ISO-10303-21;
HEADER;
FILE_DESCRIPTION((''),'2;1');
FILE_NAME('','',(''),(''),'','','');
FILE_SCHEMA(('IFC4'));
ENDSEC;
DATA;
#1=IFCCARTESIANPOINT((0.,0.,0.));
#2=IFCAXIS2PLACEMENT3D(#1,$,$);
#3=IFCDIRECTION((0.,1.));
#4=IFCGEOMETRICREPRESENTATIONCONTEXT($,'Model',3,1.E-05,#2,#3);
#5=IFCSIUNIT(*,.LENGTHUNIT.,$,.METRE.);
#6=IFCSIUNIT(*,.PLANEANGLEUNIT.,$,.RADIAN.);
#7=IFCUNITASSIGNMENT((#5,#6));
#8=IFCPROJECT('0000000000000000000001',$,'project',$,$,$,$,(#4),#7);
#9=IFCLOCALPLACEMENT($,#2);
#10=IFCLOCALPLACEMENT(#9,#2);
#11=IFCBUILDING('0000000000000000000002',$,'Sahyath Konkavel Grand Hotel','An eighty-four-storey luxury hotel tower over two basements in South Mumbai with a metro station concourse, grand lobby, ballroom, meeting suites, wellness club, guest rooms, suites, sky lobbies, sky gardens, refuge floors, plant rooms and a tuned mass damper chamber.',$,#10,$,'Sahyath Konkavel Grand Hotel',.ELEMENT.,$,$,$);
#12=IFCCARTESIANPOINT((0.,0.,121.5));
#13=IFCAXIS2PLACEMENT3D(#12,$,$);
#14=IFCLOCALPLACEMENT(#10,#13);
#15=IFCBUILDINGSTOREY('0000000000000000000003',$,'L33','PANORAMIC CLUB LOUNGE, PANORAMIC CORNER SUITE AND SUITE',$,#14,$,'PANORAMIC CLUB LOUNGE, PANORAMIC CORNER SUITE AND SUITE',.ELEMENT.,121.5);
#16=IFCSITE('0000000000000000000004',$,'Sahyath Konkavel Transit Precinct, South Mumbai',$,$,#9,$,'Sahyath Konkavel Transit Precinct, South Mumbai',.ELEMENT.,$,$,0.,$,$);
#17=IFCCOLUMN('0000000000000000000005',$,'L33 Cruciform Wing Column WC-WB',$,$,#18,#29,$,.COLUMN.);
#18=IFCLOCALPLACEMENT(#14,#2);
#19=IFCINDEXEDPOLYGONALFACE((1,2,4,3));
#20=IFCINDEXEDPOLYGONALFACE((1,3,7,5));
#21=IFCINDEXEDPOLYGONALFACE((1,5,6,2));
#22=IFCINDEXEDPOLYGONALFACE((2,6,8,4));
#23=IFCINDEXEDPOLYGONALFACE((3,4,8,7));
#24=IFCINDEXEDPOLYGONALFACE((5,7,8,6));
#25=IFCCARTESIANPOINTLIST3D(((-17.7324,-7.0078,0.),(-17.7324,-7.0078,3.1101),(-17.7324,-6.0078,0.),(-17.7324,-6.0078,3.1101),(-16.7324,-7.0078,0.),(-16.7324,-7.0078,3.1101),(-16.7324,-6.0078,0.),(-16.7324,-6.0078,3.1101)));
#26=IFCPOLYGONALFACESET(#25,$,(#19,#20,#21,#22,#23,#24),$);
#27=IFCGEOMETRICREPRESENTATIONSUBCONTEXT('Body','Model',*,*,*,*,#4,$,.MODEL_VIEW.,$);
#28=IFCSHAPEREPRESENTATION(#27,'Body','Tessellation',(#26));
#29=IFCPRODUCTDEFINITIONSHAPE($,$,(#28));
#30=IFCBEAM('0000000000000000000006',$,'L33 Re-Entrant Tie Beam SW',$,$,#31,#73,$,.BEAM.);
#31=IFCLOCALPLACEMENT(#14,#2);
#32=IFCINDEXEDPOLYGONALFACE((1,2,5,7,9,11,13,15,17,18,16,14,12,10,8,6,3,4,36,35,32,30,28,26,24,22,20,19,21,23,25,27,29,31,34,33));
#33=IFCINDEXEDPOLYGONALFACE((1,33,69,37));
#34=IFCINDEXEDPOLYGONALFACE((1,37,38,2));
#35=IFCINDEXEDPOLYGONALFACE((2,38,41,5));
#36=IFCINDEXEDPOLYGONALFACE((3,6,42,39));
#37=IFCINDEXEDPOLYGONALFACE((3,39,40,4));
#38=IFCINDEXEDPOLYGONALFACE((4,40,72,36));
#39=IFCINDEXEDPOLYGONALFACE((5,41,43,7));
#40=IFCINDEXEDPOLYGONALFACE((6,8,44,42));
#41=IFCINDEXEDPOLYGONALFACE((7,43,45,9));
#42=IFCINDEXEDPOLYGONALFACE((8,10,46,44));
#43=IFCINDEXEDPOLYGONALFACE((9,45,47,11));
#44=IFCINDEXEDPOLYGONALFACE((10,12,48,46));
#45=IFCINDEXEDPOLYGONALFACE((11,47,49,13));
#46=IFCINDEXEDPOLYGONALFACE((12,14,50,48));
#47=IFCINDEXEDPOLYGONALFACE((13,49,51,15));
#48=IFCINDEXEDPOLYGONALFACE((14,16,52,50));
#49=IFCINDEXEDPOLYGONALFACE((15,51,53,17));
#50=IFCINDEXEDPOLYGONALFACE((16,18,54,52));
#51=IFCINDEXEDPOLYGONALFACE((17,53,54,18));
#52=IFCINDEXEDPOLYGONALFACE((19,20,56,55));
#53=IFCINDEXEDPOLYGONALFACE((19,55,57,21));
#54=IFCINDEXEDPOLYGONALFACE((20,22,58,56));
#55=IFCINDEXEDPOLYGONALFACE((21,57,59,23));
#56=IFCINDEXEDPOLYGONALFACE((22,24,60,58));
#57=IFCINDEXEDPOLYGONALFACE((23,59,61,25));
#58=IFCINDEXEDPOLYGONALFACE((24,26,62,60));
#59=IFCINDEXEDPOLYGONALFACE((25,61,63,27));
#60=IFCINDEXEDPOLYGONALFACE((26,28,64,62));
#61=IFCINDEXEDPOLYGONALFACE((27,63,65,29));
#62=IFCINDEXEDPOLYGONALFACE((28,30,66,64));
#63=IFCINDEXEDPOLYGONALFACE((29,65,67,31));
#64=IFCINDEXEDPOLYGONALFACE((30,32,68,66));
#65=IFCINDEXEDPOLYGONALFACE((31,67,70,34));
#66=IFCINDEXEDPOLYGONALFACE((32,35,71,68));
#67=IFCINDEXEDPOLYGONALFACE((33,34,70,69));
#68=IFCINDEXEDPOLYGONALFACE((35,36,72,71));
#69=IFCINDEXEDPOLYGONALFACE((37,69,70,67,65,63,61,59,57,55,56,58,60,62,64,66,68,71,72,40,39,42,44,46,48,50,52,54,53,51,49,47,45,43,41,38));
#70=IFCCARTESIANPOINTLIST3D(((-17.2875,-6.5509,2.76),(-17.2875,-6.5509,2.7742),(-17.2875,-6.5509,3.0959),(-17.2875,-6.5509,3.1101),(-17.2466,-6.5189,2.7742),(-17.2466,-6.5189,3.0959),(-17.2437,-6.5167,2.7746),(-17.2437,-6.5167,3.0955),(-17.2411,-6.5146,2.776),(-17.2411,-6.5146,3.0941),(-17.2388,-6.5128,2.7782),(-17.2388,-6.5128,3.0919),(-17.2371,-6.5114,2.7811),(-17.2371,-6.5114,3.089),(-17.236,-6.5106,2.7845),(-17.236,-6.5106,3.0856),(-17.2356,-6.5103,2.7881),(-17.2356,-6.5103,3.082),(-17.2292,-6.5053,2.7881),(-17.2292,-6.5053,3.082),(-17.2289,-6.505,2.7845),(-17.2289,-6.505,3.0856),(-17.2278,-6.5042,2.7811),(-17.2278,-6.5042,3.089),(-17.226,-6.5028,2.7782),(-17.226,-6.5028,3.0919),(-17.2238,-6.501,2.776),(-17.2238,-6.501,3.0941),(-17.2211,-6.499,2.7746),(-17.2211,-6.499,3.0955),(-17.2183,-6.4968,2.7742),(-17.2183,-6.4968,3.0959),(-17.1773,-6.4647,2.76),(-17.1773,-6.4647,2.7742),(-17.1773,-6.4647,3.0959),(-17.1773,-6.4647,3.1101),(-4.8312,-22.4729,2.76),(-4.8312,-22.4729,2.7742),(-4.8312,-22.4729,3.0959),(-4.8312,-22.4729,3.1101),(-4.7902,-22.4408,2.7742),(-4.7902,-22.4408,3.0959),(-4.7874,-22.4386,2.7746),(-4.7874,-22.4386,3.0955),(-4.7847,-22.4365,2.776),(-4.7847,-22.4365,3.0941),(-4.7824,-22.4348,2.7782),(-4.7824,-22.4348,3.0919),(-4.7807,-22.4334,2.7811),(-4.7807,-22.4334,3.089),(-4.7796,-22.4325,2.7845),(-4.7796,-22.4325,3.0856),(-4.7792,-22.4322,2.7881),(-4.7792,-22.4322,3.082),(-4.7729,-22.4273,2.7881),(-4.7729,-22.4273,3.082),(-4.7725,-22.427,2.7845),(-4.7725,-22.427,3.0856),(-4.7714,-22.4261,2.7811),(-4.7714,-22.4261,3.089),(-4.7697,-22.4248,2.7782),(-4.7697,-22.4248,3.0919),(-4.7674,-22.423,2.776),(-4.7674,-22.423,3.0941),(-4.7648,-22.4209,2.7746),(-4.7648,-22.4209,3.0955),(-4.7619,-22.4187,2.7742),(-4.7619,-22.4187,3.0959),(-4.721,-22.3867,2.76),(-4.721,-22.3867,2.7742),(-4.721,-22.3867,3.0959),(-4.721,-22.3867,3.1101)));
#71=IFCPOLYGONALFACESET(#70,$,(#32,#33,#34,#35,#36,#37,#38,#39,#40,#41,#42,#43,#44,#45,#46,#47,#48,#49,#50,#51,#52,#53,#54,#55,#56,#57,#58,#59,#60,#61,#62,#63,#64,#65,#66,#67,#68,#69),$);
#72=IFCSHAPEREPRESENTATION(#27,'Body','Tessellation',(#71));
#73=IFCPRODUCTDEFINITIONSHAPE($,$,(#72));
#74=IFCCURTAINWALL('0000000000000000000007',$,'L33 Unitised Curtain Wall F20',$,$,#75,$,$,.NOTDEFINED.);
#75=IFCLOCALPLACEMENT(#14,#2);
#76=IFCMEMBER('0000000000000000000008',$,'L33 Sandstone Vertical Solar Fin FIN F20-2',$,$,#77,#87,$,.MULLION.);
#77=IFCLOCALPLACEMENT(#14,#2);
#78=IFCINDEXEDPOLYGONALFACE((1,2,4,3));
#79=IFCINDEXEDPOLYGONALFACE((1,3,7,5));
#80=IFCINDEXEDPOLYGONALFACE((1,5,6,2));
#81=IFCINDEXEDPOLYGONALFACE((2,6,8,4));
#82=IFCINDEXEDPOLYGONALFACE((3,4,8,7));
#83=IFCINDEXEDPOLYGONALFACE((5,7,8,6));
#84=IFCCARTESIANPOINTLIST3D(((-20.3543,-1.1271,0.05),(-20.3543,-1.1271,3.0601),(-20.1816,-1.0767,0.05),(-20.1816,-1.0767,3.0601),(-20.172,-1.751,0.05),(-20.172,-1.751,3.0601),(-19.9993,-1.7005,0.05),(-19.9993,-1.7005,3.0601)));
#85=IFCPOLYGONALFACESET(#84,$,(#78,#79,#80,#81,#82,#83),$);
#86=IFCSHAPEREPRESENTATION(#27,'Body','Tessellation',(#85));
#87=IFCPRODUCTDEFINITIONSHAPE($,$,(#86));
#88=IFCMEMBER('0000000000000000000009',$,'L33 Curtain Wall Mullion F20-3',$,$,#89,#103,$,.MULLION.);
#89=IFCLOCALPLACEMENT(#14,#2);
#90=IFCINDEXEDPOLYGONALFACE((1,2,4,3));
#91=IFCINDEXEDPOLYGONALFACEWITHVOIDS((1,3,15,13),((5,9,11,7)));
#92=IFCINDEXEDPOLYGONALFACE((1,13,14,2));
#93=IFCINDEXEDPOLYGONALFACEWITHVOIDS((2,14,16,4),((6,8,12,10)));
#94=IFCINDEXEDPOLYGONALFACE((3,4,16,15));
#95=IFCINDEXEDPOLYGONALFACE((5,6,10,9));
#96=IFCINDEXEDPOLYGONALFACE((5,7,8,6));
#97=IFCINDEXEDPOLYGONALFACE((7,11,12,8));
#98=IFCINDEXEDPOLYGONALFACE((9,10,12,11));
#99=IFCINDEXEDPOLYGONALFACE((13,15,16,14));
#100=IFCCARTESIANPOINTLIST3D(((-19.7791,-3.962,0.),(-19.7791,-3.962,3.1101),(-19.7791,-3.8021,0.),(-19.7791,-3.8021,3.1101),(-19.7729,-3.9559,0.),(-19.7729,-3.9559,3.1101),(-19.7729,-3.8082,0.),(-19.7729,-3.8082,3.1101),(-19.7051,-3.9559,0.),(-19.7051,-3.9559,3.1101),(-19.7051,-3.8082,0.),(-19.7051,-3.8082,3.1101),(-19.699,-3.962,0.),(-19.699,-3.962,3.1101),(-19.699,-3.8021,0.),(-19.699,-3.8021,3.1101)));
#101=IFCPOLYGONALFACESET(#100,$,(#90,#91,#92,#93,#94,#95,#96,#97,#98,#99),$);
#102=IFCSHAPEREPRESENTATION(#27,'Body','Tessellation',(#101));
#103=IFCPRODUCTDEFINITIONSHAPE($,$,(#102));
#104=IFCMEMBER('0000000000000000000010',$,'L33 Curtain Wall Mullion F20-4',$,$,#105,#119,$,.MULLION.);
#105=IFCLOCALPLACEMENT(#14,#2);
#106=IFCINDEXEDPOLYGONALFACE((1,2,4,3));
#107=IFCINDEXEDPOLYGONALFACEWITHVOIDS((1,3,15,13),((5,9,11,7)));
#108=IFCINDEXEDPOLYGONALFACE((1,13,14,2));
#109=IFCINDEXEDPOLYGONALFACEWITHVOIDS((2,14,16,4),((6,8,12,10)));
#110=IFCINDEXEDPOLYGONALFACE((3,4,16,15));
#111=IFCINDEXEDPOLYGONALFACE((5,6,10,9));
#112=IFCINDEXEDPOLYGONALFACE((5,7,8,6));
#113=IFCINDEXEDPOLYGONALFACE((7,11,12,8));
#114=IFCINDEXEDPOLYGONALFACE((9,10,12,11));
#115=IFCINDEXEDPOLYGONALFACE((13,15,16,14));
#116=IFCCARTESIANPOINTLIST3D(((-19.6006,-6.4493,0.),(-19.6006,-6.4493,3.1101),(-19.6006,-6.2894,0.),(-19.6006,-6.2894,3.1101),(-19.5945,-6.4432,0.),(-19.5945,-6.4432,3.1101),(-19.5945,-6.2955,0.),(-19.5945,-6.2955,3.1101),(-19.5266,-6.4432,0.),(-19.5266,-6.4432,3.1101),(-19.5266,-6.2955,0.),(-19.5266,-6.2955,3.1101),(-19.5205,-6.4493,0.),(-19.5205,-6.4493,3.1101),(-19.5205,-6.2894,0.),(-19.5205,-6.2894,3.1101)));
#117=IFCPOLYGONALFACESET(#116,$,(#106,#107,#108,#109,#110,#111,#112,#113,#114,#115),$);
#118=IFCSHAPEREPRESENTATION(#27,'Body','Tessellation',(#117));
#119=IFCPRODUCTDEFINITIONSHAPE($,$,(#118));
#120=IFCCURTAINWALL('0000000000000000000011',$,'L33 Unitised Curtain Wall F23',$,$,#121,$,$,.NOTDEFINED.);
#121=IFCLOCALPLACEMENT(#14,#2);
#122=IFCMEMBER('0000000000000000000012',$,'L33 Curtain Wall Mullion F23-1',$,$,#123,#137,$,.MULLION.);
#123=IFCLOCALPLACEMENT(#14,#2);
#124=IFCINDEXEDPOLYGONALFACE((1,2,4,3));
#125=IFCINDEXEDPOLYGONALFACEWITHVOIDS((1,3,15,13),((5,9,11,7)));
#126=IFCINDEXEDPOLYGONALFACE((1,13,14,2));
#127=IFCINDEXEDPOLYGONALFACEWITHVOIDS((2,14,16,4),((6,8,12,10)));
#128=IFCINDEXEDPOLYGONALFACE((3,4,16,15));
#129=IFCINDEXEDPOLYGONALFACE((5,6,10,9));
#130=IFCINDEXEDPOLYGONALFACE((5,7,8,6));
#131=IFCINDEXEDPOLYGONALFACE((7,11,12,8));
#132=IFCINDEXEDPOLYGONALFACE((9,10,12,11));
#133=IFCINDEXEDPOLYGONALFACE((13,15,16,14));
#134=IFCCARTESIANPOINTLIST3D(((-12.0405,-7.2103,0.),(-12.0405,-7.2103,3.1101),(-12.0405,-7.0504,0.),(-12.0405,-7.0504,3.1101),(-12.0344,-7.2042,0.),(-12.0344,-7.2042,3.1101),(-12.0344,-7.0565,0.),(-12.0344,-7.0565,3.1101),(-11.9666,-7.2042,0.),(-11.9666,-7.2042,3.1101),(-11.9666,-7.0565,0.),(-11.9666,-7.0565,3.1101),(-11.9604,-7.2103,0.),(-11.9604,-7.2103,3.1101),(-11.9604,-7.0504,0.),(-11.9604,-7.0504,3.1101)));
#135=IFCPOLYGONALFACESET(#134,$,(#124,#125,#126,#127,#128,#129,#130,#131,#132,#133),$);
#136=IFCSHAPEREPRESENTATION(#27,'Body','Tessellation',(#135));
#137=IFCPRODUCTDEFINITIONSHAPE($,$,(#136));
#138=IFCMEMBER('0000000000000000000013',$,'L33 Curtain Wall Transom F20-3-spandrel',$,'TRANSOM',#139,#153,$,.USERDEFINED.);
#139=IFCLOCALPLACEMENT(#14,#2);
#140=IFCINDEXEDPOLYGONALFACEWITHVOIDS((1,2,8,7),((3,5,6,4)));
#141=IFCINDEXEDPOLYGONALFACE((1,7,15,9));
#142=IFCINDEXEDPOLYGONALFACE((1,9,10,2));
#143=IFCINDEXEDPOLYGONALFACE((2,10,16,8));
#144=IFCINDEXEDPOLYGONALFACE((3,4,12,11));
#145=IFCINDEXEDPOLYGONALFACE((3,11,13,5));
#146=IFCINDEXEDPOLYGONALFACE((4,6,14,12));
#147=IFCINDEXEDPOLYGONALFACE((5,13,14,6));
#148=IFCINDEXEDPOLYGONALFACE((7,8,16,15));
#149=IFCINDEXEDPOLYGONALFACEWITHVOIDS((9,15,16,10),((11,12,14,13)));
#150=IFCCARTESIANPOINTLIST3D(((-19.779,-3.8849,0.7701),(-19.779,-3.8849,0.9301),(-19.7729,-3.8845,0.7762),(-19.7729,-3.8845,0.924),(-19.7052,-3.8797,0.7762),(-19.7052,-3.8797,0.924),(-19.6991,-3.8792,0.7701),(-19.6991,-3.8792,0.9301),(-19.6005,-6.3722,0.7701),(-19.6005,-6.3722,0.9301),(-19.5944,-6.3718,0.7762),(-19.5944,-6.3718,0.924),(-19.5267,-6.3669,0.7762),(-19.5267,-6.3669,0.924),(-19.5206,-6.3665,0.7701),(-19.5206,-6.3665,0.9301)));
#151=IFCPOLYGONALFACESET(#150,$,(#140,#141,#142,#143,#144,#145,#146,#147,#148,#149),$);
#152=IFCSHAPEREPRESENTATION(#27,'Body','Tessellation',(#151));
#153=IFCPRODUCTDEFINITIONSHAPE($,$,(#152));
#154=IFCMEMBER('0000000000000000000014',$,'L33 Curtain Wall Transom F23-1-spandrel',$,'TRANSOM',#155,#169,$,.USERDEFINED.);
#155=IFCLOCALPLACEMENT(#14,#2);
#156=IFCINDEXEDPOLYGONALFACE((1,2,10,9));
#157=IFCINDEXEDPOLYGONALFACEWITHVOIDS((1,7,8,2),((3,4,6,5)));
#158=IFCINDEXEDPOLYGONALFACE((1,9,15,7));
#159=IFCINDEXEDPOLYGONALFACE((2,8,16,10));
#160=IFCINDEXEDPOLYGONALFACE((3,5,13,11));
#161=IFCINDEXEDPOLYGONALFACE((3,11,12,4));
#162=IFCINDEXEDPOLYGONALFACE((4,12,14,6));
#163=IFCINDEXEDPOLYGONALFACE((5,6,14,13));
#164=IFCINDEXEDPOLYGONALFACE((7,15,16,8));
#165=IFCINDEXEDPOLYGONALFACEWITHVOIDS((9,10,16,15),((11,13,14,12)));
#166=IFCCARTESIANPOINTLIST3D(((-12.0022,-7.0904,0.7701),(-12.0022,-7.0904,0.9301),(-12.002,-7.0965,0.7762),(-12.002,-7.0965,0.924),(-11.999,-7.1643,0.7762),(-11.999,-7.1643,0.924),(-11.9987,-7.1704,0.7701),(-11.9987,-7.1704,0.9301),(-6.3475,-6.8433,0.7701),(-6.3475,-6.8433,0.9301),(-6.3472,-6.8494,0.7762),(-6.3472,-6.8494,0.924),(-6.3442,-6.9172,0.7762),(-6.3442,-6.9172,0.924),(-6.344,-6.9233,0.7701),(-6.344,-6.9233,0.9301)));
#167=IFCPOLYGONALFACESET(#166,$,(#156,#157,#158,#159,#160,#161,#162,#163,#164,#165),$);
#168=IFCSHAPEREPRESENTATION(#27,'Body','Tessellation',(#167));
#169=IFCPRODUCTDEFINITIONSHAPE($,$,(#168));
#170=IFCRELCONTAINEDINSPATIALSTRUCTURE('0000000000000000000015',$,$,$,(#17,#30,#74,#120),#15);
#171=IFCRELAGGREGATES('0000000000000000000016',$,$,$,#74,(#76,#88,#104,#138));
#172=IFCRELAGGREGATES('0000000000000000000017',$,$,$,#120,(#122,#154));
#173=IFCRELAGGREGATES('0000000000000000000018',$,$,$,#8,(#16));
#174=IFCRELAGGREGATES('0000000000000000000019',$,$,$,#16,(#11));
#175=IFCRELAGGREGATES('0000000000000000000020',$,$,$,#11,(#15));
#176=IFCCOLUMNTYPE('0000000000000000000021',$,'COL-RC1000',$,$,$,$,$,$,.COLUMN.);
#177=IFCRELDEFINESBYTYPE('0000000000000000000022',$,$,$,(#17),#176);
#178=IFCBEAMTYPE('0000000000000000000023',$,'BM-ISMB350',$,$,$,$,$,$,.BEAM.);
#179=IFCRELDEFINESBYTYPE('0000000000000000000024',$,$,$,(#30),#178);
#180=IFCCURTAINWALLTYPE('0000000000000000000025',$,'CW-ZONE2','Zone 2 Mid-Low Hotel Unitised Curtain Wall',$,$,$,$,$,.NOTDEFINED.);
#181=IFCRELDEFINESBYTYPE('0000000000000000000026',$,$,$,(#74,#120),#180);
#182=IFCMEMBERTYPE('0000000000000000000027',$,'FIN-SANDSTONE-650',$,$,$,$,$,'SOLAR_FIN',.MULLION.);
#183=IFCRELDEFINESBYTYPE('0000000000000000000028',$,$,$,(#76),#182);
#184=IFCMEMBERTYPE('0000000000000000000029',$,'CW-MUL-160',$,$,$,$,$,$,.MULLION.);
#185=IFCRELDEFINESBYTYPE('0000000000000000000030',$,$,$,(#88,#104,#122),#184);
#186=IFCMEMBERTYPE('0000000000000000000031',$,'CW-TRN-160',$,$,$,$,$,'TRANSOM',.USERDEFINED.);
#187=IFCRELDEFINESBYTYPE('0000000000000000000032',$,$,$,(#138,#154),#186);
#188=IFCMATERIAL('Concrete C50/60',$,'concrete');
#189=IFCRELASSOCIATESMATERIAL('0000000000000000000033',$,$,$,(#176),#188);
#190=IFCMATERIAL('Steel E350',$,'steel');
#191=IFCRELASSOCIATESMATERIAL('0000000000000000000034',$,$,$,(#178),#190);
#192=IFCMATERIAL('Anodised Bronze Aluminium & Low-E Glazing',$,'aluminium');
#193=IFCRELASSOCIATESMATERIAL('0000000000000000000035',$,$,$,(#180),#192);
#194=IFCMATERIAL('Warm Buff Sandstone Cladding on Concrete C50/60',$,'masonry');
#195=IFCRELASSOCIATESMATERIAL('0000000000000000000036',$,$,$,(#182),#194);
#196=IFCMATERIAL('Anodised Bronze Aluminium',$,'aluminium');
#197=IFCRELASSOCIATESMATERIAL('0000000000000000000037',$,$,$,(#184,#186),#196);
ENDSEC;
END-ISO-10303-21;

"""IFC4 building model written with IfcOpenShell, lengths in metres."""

from ifc_helpers import new_model, si_unit, direction, frame, origin, origin_2d, place, context, subcontext, project, spatial, rectangle, hollow_rectangle, i_section, extrude, source, transform, mapped, material, material_profile, profile_set, type_object, element, aggregate, save


model = new_model("IFC4")

# Units and contexts
model_context = context("Model", 3, precision=1e-05, world=origin(), true_north=direction((0.0, 1.0)))
body_context = subcontext(model_context, "Body", "Model", "MODEL_VIEW")
ifc_project = project(units=[si_unit("LENGTHUNIT", "METRE"), si_unit("PLANEANGLEUNIT", "RADIAN")], contexts=[model_context])

# Site, building, storey
site_placement = place(None, origin())
site = spatial("IfcSite", under=ifc_project, at=site_placement, Name="Sahyath Konkavel Transit Precinct, South Mumbai", LongName="Sahyath Konkavel Transit Precinct, South Mumbai", CompositionType="ELEMENT", RefElevation=0.0)
building_placement = place(site_placement, origin())
building = spatial("IfcBuilding", under=site, at=building_placement, Name="Sahyath Konkavel Grand Hotel", Description="An eighty-four-storey luxury hotel tower over two basements in South Mumbai with a metro station concourse, grand lobby, ballroom, meeting suites, wellness club, guest rooms, suites, sky lobbies, sky gardens, refuge floors, plant rooms and a tuned mass damper chamber.", LongName="Sahyath Konkavel Grand Hotel", CompositionType="ELEMENT")
storey_placement = place(building_placement, frame((0.0, 0.0, 121.5)))
storey = spatial("IfcBuildingStorey", under=building, at=storey_placement, Name="L33", Description="PANORAMIC CLUB LOUNGE, PANORAMIC CORNER SUITE AND SUITE", LongName="PANORAMIC CLUB LOUNGE, PANORAMIC CORNER SUITE AND SUITE", CompositionType="ELEMENT", Elevation=121.5)

# Column
ifc_material_1 = material(Name="Concrete C50/60", Category="concrete")
ifc_material_profile_1 = material_profile(ifc_material_1, rectangle(XDim=1.0, YDim=1.0, at=origin_2d()), Name="RC 1000x1000")
ifc_profile_set_1 = profile_set([ifc_material_profile_1], Name="Concrete C50/60")
column_type = type_object("IfcColumnType", Name="COL-RC1000", PredefinedType="COLUMN", material=ifc_profile_set_1)
shared_shape_1 = source(origin(), body_context, "Body", "SweptSolid", [
    extrude(rectangle(XDim=1.0, YDim=1.0, at=origin_2d()), origin(), (0.0, 0.0, 1.0), 3.1101),
])
column_placement = place(storey_placement, frame((-17.2324, -6.5078, 0.0), z_axis=(0.0, 0.0, 1.0), x_axis=(1.0, 0.0, 0.0)))
element("IfcColumn", 1, at=column_placement, inside=storey, type_object=column_type, Name="L33 Cruciform Wing Column WC-WB", PredefinedType="COLUMN", context=body_context, shape_type="MappedRepresentation", body=[
    mapped(shared_shape_1, transform((0.0, 0.0, 0.0), scale=1.0)),
])

# Beam
ifc_material_2 = material(Name="Steel E350", Category="steel")
ifc_material_profile_2 = material_profile(ifc_material_2, i_section(OverallWidth=0.1399, OverallDepth=0.3501, WebThickness=0.0081, FlangeThickness=0.0142, FilletRadius=0.0139, at=origin_2d()), Name="ISMB 350")
ifc_profile_set_2 = profile_set([ifc_material_profile_2], Name="Steel E350")
beam_type_1 = type_object("IfcBeamType", Name="BM-ISMB350", PredefinedType="BEAM", material=ifc_profile_set_2)
shared_shape_2 = source(origin(), body_context, "Body", "SweptSolid", [
    extrude(i_section(OverallWidth=0.1399, OverallDepth=0.3501, WebThickness=0.0081, FlangeThickness=0.0142, FilletRadius=0.0139, at=origin_2d()), origin(), (0.0, 0.0, 1.0), 20.2156),
])
beam_1_placement = place(storey_placement, frame((-17.2324, -6.5078, 2.9351), z_axis=(0.616176, -0.787608, 0.0), x_axis=(0.787608, 0.616176, 0.0)))
element("IfcBeam", 2, at=beam_1_placement, inside=storey, type_object=beam_type_1, Name="L33 Re-Entrant Tie Beam SW", PredefinedType="BEAM", context=body_context, shape_type="MappedRepresentation", body=[
    mapped(shared_shape_2, transform((0.0, 0.0, 0.0), scale=1.0)),
])

# Curtain wall, members
ifc_material_3 = material(Name="Anodised Bronze Aluminium & Low-E Glazing", Category="aluminium")
curtain_wall_type = type_object("IfcCurtainWallType", Name="CW-ZONE2", Description="Zone 2 Mid-Low Hotel Unitised Curtain Wall", PredefinedType="NOTDEFINED", material=ifc_material_3)
curtain_wall_1_placement = place(storey_placement, origin())
curtain_wall_1 = element("IfcCurtainWall", 3, at=curtain_wall_1_placement, inside=storey, type_object=curtain_wall_type, Name="L33 Unitised Curtain Wall F20", PredefinedType="NOTDEFINED")
ifc_material_4 = material(Name="Warm Buff Sandstone Cladding on Concrete C50/60", Category="masonry")
ifc_material_profile_3 = material_profile(ifc_material_4, rectangle(XDim=0.1799, YDim=0.6499, at=origin_2d()), Name="FIN 180x650")
ifc_profile_set_3 = profile_set([ifc_material_profile_3], Name="Warm Buff Sandstone Cladding on Concrete C50/60")
member_type_1 = type_object("IfcMemberType", Name="FIN-SANDSTONE-650", ElementType="SOLAR_FIN", PredefinedType="MULLION", material=ifc_profile_set_3)
shared_shape_3 = source(origin(), body_context, "Body", "SweptSolid", [
    extrude(rectangle(XDim=0.1799, YDim=0.6499, at=origin_2d()), origin(), (0.0, 0.0, 1.0), 3.01),
])
member_1_placement = place(storey_placement, frame((-20.1768, -1.4138, 0.05), z_axis=(0.0, 0.0, 1.0), x_axis=(0.959854, 0.280499, 0.0)))
member_1 = element("IfcMember", 4, at=member_1_placement, type_object=member_type_1, Name="L33 Sandstone Vertical Solar Fin FIN F20-2", PredefinedType="MULLION", context=body_context, shape_type="MappedRepresentation", body=[
    mapped(shared_shape_3, transform((0.0, 0.0, 0.0), scale=1.0)),
])
ifc_material_5 = material(Name="Anodised Bronze Aluminium", Category="aluminium")
ifc_material_profile_4 = material_profile(ifc_material_5, hollow_rectangle(XDim=0.0801, YDim=0.1599, WallThickness=0.0061, at=origin_2d()), Name="RHS 160x80x6")
ifc_profile_set_4 = profile_set([ifc_material_profile_4], Name="Anodised Bronze Aluminium")
member_type_2 = type_object("IfcMemberType", Name="CW-MUL-160", PredefinedType="MULLION", material=ifc_profile_set_4)
shared_shape_4 = source(origin(), body_context, "Body", "SweptSolid", [
    extrude(hollow_rectangle(XDim=0.0801, YDim=0.1599, WallThickness=0.0061, at=origin_2d()), origin(), (0.0, 0.0, 1.0), 3.1101),
])
member_2_placement = place(storey_placement, frame((-19.739, -3.8821, 0.0), z_axis=(0.0, 0.0, 1.0), x_axis=(1.0, 0.0, 0.0)))
member_2 = element("IfcMember", 5, at=member_2_placement, type_object=member_type_2, Name="L33 Curtain Wall Mullion F20-3", PredefinedType="MULLION", context=body_context, shape_type="MappedRepresentation", body=[
    mapped(shared_shape_4, transform((0.0, 0.0, 0.0), scale=1.0)),
])
member_3_placement = place(storey_placement, frame((-19.5605, -6.3694, 0.0), z_axis=(0.0, 0.0, 1.0), x_axis=(1.0, 0.0, 0.0)))
member_3 = element("IfcMember", 6, at=member_3_placement, type_object=member_type_2, Name="L33 Curtain Wall Mullion F20-4", PredefinedType="MULLION", context=body_context, shape_type="MappedRepresentation", body=[
    mapped(shared_shape_4, transform((0.0, 0.0, 0.0), scale=1.0)),
])

# Curtain wall, member
curtain_wall_2_placement = place(storey_placement, origin())
curtain_wall_2 = element("IfcCurtainWall", 7, at=curtain_wall_2_placement, inside=storey, type_object=curtain_wall_type, Name="L33 Unitised Curtain Wall F23", PredefinedType="NOTDEFINED")
member_4_placement = place(storey_placement, frame((-12.0005, -7.1304, 0.0), z_axis=(0.0, 0.0, 1.0), x_axis=(1.0, 0.0, 0.0)))
member_4 = element("IfcMember", 8, at=member_4_placement, type_object=member_type_2, Name="L33 Curtain Wall Mullion F23-1", PredefinedType="MULLION", context=body_context, shape_type="MappedRepresentation", body=[
    mapped(shared_shape_4, transform((0.0, 0.0, 0.0), scale=1.0)),
])

# Members
ifc_material_profile_5 = material_profile(ifc_material_5, hollow_rectangle(XDim=0.0801, YDim=0.1599, WallThickness=0.0061, at=origin_2d()), Name="RHS 160x80x6")
ifc_profile_set_5 = profile_set([ifc_material_profile_5], Name="Anodised Bronze Aluminium")
member_type_3 = type_object("IfcMemberType", Name="CW-TRN-160", ElementType="TRANSOM", PredefinedType="USERDEFINED", material=ifc_profile_set_5)
shared_shape_5 = source(origin(), body_context, "Body", "SweptSolid", [
    extrude(hollow_rectangle(XDim=0.0801, YDim=0.1599, WallThickness=0.0061, at=origin_2d()), origin(), (0.0, 0.0, 1.0), 2.4937),
])
member_5_placement = place(storey_placement, frame((-19.739, -3.8821, 0.8501), z_axis=(0.071567, -0.997436, 0.0), x_axis=(0.997436, 0.071567, 0.0)))
member_5 = element("IfcMember", 9, at=member_5_placement, type_object=member_type_3, Name="L33 Curtain Wall Transom F20-3-spandrel", ObjectType="TRANSOM", PredefinedType="USERDEFINED", context=body_context, shape_type="MappedRepresentation", body=[
    mapped(shared_shape_5, transform((0.0, 0.0, 0.0), scale=1.0)),
])
shared_shape_6 = source(origin(), body_context, "Body", "SweptSolid", [
    extrude(hollow_rectangle(XDim=0.0801, YDim=0.1599, WallThickness=0.0061, at=origin_2d()), origin(), (0.0, 0.0, 1.0), 5.6602),
])
member_6_placement = place(storey_placement, frame((-12.0005, -7.1304, 0.8501), z_axis=(0.999047, 0.043651, 0.0), x_axis=(-0.043651, 0.999047, 0.0)))
member_6 = element("IfcMember", 10, at=member_6_placement, type_object=member_type_3, Name="L33 Curtain Wall Transom F23-1-spandrel", ObjectType="TRANSOM", PredefinedType="USERDEFINED", context=body_context, shape_type="MappedRepresentation", body=[
    mapped(shared_shape_6, transform((0.0, 0.0, 0.0), scale=1.0)),
])

aggregate(curtain_wall_1, [member_1, member_2, member_3, member_5])
aggregate(curtain_wall_2, [member_4, member_6])

save(model, "model.ifc")
